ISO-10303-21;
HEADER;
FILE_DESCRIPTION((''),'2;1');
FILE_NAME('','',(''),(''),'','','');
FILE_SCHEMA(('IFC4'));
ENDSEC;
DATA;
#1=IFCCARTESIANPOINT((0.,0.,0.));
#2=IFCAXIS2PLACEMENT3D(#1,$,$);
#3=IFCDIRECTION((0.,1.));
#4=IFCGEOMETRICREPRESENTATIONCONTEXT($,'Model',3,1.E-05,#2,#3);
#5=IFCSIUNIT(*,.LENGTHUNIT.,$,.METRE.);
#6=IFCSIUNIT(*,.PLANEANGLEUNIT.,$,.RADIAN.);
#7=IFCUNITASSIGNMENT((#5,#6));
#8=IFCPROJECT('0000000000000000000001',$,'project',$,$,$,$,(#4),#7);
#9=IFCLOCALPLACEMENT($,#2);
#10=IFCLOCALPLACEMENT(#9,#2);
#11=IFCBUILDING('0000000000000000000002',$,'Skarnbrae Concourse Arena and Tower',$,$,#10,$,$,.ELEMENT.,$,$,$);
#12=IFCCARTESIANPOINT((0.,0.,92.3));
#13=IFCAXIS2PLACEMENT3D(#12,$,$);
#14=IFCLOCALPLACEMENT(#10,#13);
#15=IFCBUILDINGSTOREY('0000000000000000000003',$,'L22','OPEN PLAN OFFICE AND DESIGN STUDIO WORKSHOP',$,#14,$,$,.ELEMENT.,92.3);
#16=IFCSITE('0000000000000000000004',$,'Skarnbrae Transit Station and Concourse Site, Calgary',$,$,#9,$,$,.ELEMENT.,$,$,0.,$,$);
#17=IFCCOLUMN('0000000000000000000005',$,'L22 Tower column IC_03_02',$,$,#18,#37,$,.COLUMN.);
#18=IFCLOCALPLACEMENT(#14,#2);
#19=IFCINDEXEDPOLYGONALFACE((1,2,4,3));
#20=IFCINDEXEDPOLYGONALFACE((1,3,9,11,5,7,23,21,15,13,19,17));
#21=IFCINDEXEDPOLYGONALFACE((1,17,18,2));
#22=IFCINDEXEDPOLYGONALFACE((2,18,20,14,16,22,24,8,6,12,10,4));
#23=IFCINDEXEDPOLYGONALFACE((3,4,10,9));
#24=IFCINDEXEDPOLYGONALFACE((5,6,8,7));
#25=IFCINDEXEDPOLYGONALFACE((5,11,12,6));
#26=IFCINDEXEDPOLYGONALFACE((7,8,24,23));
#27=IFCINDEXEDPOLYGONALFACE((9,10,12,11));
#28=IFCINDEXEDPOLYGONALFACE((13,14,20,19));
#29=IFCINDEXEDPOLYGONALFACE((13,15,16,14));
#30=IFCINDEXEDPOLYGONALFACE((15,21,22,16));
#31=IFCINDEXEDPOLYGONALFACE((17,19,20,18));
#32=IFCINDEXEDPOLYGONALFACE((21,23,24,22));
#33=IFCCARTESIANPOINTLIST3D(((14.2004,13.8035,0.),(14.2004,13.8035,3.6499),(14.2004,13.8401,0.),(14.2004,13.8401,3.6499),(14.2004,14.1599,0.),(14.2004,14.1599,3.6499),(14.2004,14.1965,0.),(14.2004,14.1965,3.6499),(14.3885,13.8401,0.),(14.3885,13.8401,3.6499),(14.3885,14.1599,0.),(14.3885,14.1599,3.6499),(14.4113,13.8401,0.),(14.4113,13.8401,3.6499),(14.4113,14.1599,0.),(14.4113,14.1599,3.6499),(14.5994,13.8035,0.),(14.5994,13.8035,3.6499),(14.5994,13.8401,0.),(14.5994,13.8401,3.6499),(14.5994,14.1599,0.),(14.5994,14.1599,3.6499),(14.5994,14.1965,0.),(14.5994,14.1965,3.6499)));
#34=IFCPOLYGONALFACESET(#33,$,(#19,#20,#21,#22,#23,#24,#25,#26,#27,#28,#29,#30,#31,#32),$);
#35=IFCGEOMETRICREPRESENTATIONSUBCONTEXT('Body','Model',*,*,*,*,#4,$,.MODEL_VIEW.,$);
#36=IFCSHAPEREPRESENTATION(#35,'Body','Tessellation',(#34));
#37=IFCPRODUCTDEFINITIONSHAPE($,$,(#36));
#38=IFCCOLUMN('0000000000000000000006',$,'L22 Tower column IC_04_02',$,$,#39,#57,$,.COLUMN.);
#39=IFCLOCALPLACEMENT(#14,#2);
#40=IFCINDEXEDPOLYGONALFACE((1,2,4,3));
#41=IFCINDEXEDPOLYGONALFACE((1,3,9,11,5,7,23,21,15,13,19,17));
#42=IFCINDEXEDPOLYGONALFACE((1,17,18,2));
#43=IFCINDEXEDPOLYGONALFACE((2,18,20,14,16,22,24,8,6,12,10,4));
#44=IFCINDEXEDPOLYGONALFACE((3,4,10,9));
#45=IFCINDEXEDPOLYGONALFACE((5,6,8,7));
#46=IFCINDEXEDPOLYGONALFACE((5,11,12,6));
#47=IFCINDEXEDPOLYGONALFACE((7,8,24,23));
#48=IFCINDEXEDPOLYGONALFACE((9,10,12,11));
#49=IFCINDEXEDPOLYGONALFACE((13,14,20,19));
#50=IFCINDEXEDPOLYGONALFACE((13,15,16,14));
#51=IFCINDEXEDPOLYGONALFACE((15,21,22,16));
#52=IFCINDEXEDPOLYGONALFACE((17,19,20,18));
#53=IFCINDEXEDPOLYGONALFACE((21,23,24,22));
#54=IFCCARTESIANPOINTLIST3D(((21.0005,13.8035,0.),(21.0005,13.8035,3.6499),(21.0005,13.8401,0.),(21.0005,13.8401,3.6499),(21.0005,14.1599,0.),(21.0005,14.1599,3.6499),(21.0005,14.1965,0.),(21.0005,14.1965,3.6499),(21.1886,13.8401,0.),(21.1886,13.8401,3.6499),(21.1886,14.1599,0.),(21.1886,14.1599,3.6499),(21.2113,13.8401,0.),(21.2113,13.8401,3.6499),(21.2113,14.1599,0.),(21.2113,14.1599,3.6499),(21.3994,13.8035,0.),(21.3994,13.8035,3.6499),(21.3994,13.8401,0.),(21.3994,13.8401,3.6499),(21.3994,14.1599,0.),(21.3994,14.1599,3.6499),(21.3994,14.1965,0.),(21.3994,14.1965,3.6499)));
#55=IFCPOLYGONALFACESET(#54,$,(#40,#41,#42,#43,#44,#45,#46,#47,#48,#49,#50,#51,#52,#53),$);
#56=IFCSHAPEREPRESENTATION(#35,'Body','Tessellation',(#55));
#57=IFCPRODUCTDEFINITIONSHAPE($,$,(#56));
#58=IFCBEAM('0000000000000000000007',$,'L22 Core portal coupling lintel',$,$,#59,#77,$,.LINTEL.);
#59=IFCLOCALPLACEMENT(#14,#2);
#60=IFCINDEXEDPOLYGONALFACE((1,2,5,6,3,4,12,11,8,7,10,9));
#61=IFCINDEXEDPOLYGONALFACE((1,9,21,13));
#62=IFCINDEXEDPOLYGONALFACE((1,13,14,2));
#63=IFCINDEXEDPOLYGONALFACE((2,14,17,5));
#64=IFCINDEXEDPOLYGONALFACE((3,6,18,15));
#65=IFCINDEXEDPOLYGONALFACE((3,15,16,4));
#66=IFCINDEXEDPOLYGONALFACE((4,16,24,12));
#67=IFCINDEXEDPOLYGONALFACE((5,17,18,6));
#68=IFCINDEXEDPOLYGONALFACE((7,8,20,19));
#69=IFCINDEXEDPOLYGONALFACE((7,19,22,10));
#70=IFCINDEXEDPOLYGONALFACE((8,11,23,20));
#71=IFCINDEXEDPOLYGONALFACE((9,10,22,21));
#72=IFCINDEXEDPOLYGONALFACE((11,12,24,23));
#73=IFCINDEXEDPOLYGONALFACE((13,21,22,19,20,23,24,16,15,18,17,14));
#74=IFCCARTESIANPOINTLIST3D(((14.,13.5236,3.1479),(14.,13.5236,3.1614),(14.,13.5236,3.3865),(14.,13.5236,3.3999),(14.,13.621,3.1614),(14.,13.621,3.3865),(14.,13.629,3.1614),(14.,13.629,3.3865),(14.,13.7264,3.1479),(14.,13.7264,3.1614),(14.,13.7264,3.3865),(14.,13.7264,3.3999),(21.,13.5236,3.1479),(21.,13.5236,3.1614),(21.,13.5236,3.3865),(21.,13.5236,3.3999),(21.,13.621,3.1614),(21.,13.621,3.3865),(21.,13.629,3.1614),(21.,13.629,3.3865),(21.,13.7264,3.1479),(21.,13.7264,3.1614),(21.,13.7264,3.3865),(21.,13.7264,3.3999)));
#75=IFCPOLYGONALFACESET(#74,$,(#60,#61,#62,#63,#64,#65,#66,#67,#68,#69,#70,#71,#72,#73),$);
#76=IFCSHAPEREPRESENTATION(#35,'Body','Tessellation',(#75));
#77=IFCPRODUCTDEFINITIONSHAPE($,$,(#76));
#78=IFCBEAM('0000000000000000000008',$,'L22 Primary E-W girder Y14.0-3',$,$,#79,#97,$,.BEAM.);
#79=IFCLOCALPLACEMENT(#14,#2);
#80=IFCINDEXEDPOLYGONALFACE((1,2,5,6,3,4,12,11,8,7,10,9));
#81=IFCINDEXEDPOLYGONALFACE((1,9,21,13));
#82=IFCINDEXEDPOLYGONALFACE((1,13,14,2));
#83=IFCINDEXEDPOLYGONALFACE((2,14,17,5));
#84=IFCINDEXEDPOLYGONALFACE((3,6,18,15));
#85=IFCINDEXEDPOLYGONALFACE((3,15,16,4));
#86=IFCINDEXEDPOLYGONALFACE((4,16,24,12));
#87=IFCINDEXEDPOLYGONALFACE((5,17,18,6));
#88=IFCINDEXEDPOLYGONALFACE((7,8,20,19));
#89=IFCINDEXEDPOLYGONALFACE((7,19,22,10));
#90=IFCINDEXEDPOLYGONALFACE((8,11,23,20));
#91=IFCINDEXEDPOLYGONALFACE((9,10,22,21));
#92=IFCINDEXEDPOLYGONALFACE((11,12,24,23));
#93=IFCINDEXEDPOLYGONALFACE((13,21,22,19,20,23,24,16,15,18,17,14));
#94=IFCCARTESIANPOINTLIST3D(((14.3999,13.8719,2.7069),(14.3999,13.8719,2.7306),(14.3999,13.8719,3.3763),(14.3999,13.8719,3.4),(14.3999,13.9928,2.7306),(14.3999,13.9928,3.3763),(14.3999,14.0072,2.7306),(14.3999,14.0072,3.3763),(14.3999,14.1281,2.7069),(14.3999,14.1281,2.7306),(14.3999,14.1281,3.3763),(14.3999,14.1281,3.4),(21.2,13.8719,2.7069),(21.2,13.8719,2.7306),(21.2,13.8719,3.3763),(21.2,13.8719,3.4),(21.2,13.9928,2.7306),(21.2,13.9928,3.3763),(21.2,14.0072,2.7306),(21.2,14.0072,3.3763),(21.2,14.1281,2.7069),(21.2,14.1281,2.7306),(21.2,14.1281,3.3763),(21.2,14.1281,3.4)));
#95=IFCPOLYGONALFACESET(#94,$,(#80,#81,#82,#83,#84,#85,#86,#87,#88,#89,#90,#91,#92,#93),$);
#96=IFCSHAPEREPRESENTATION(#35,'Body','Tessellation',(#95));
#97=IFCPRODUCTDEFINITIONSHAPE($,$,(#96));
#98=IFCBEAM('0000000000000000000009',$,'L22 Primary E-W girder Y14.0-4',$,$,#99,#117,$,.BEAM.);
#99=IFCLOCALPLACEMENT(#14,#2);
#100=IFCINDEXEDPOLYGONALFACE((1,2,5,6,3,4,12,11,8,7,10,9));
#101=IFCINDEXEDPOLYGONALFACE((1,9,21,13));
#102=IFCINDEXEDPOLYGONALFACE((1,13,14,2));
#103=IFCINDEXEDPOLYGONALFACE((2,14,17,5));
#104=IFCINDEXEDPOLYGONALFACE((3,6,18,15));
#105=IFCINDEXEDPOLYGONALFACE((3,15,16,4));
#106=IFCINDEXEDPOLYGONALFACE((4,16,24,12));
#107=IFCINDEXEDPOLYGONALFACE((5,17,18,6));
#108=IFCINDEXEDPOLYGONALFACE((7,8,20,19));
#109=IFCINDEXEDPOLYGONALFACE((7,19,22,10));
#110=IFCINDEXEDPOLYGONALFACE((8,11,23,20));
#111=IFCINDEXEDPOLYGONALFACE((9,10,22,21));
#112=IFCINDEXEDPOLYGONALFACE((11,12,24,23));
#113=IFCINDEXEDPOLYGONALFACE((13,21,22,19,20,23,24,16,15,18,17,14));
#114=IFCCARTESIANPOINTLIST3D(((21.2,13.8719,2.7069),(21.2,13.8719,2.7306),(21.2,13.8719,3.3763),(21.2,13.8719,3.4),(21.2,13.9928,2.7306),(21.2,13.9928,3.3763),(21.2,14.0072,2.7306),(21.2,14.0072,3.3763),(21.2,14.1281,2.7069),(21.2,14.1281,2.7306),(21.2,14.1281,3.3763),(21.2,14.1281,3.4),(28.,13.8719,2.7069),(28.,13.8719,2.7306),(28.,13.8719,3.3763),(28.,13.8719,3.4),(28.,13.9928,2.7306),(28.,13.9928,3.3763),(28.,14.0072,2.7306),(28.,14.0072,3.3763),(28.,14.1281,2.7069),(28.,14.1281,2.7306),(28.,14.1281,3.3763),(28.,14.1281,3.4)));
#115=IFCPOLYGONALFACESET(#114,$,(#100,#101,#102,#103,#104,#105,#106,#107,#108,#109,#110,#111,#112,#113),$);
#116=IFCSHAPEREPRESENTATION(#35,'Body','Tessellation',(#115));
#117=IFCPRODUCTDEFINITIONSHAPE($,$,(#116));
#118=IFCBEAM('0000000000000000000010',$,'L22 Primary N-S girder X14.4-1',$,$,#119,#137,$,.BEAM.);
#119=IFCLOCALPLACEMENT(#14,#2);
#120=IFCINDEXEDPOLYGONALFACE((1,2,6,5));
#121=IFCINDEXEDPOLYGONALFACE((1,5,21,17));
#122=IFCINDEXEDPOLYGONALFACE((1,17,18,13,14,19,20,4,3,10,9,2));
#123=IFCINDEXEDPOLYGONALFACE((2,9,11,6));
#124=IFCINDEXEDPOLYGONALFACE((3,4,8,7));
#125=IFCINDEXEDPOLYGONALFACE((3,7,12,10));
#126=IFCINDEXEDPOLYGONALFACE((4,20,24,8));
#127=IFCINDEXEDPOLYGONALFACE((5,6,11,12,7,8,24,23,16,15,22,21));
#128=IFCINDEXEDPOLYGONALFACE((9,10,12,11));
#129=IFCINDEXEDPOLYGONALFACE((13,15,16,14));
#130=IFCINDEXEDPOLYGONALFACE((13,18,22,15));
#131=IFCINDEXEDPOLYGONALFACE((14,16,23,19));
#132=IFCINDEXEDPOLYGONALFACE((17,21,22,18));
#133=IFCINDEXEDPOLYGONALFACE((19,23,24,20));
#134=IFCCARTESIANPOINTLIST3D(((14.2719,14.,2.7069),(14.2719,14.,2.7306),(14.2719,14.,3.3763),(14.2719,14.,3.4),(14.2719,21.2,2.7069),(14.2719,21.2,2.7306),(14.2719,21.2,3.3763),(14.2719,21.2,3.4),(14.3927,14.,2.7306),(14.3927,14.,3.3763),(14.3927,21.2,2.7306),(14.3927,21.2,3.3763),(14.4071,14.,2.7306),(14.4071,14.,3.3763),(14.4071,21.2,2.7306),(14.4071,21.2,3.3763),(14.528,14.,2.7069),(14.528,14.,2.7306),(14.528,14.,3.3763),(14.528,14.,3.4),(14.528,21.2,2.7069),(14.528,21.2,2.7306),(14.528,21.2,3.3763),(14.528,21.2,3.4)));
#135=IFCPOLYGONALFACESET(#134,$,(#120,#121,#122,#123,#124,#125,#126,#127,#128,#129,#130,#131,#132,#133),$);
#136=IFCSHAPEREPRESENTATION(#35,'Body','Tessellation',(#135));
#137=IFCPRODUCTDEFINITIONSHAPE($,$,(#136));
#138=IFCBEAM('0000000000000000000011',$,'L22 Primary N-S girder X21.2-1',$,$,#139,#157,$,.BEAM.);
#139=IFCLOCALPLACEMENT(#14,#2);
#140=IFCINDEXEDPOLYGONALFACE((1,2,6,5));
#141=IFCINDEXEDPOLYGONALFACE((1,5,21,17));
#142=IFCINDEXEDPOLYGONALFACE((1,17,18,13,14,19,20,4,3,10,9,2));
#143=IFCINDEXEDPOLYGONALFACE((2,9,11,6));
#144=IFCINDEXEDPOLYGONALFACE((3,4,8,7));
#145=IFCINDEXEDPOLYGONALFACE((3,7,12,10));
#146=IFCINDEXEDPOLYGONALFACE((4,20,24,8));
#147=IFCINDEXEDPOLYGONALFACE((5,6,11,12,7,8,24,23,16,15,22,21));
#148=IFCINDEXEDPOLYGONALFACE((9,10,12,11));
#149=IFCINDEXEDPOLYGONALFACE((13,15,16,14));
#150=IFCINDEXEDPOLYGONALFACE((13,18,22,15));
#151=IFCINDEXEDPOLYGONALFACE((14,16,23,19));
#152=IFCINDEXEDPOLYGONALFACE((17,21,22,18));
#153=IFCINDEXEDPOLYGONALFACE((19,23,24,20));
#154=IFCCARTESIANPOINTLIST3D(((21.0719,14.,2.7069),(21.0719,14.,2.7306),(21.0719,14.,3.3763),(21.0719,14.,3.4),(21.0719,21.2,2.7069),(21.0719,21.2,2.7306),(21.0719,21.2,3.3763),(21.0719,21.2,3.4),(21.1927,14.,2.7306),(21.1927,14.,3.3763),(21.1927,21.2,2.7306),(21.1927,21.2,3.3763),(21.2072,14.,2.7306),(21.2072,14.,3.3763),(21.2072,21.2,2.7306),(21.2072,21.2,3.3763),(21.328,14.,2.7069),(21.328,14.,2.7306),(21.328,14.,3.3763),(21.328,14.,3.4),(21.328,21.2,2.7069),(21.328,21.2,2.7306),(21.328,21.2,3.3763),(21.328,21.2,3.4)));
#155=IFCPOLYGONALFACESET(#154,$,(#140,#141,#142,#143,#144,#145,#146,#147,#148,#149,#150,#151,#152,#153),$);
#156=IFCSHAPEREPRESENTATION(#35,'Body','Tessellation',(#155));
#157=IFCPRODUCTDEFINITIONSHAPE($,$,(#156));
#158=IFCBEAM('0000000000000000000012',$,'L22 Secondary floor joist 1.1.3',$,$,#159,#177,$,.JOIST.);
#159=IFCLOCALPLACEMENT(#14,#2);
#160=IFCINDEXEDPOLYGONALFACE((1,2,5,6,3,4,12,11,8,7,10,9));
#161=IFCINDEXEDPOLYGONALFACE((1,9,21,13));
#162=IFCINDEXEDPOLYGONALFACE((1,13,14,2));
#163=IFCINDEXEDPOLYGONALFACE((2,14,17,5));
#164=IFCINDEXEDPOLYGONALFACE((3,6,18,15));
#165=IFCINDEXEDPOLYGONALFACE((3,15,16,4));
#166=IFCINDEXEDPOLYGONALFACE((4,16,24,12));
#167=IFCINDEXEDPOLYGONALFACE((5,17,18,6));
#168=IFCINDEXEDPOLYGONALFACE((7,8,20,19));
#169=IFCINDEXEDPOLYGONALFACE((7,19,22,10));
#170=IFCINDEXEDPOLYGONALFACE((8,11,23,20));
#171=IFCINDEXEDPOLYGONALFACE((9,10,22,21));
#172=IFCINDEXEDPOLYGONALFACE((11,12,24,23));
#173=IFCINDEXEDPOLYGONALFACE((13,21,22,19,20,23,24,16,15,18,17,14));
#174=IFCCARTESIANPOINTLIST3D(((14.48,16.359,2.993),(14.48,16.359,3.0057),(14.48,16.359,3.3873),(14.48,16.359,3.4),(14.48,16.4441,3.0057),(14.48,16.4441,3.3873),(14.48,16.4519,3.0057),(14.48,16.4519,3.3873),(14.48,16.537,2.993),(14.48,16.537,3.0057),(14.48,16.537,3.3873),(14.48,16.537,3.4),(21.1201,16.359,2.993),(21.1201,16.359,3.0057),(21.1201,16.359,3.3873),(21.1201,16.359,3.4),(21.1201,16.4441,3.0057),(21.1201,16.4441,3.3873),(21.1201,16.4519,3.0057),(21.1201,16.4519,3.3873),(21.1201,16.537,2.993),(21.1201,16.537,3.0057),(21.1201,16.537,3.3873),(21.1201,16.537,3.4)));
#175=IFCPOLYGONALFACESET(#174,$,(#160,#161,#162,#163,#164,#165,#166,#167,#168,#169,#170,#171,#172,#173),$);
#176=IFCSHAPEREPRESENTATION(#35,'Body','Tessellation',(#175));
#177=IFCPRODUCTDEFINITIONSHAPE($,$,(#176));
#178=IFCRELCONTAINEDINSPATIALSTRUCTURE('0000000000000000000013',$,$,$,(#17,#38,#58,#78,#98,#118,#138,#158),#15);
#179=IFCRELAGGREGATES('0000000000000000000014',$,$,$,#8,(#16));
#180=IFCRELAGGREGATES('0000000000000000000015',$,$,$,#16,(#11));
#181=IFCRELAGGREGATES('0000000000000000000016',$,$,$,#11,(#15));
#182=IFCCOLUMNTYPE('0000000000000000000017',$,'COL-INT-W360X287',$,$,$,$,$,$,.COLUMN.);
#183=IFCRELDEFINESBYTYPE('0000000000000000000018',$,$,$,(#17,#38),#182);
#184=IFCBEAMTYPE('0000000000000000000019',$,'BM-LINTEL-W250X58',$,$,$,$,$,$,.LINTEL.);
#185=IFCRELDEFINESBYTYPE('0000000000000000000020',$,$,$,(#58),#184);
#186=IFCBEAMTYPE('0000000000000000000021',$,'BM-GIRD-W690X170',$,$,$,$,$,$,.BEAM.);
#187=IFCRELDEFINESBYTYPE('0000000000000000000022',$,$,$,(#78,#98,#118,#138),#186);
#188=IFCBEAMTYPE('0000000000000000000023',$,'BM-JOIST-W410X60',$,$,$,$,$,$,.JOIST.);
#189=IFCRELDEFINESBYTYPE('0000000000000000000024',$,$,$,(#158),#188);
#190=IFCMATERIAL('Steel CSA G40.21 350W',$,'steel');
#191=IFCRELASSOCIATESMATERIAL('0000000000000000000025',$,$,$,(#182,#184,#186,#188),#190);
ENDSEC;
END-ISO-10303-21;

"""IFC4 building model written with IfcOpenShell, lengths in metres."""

from ifc_helpers import new_model, si_unit, direction, frame, origin, origin_2d, place, context, subcontext, project, spatial, i_section, extrude, source, transform, mapped, material, material_profile, profile_set, type_object, element, save


model = new_model("IFC4")

# Units and contexts
model_context = context("Model", 3, precision=1e-05, world=origin(), true_north=direction((0.0, 1.0)))
body_context = subcontext(model_context, "Body", "Model", "MODEL_VIEW")
ifc_project = project(units=[si_unit("LENGTHUNIT", "METRE"), si_unit("PLANEANGLEUNIT", "RADIAN")], contexts=[model_context])

# Site, building, storey
site_placement = place(None, origin())
site = spatial("IfcSite", under=ifc_project, at=site_placement, Name="Skarnbrae Transit Station and Concourse Site, Calgary", CompositionType="ELEMENT", RefElevation=0.0)
building_placement = place(site_placement, origin())
building = spatial("IfcBuilding", under=site, at=building_placement, Name="Skarnbrae Concourse Arena and Tower", CompositionType="ELEMENT")
storey_placement = place(building_placement, frame((0.0, 0.0, 92.3)))
storey = spatial("IfcBuildingStorey", under=building, at=storey_placement, Name="L22", Description="OPEN PLAN OFFICE AND DESIGN STUDIO WORKSHOP", CompositionType="ELEMENT", Elevation=92.3)

# Columns
ifc_material_1 = material(Name="Steel CSA G40.21 350W", Category="steel")
ifc_material_profile_1 = material_profile(ifc_material_1, i_section(OverallWidth=0.3989, OverallDepth=0.3931, WebThickness=0.0227, FlangeThickness=0.0366, at=origin_2d()), Name="W360X287")
ifc_profile_set_1 = profile_set([ifc_material_profile_1], Name="Steel CSA G40.21 350W")
column_type = type_object("IfcColumnType", Name="COL-INT-W360X287", PredefinedType="COLUMN", material=ifc_profile_set_1)
shared_shape_1 = source(origin(), body_context, "Body", "SweptSolid", [
    extrude(i_section(OverallWidth=0.3989, OverallDepth=0.3931, WebThickness=0.0227, FlangeThickness=0.0366, at=origin_2d()), origin(), (0.0, 0.0, 1.0), 3.6499),
])
for number, where, z_axis, x_axis, name in (
    (1, (14.3999, 14.0, 0.0), (0.0, 0.0, 1.0), (1.0, 0.0, 0.0), "L22 Tower column IC_03_02"),
    (2, (21.2, 14.0, 0.0), (0.0, 0.0, 1.0), (1.0, 0.0, 0.0), "L22 Tower column IC_04_02"),
):
    element("IfcColumn", number, at=place(storey_placement, frame(where, z_axis=z_axis, x_axis=x_axis)), inside=storey, type_object=column_type, Name=name, PredefinedType="COLUMN", context=body_context, shape_type="MappedRepresentation", body=[
        mapped(shared_shape_1, transform((0.0, 0.0, 0.0))),
    ])

# Beams
ifc_material_profile_2 = material_profile(ifc_material_1, i_section(OverallWidth=0.2029, OverallDepth=0.252, WebThickness=0.0081, FlangeThickness=0.0134, at=origin_2d()), Name="W250X58")
ifc_profile_set_2 = profile_set([ifc_material_profile_2], Name="Steel CSA G40.21 350W")
beam_type_1 = type_object("IfcBeamType", Name="BM-LINTEL-W250X58", PredefinedType="LINTEL", material=ifc_profile_set_2)
shared_shape_2 = source(origin(), body_context, "Body", "SweptSolid", [
    extrude(i_section(OverallWidth=0.2029, OverallDepth=0.252, WebThickness=0.0081, FlangeThickness=0.0134, at=origin_2d()), origin(), (0.0, 0.0, 1.0), 7.0),
])
beam_placement = place(storey_placement, frame((14.0, 13.625, 3.2739), z_axis=(1.0, 0.0, 0.0), x_axis=(0.0, 1.0, 0.0)))
element("IfcBeam", 3, at=beam_placement, inside=storey, type_object=beam_type_1, Name="L22 Core portal coupling lintel", PredefinedType="LINTEL", context=body_context, shape_type="MappedRepresentation", body=[
    mapped(shared_shape_2, transform((0.0, 0.0, 0.0))),
])
ifc_material_profile_3 = material_profile(ifc_material_1, i_section(OverallWidth=0.2561, OverallDepth=0.6931, WebThickness=0.0144, FlangeThickness=0.0237, at=origin_2d()), Name="W690X170")
ifc_profile_set_3 = profile_set([ifc_material_profile_3], Name="Steel CSA G40.21 350W")
beam_type_2 = type_object("IfcBeamType", Name="BM-GIRD-W690X170", PredefinedType="BEAM", material=ifc_profile_set_3)
shared_shape_3 = source(origin(), body_context, "Body", "SweptSolid", [
    extrude(i_section(OverallWidth=0.2561, OverallDepth=0.6931, WebThickness=0.0144, FlangeThickness=0.0237, at=origin_2d()), origin(), (0.0, 0.0, 1.0), 6.8),
])
for number, where, z_axis, x_axis, name in (
    (4, (14.3999, 14.0, 3.0535), (1.0, 0.0, 0.0), (0.0, 1.0, 0.0), "L22 Primary E-W girder Y14.0-3"),
    (5, (21.2, 14.0, 3.0535), (1.0, 0.0, 0.0), (0.0, 1.0, 0.0), "L22 Primary E-W girder Y14.0-4"),
):
    element("IfcBeam", number, at=place(storey_placement, frame(where, z_axis=z_axis, x_axis=x_axis)), inside=storey, type_object=beam_type_2, Name=name, PredefinedType="BEAM", context=body_context, shape_type="MappedRepresentation", body=[
        mapped(shared_shape_3, transform((0.0, 0.0, 0.0))),
    ])
shared_shape_4 = source(origin(), body_context, "Body", "SweptSolid", [
    extrude(i_section(OverallWidth=0.2561, OverallDepth=0.6931, WebThickness=0.0144, FlangeThickness=0.0237, at=origin_2d()), origin(), (0.0, 0.0, 1.0), 7.2),
])
for number, where, z_axis, x_axis, name in (
    (6, (14.3999, 14.0, 3.0535), (0.0, 1.0, 0.0), (-1.0, 0.0, 0.0), "L22 Primary N-S girder X14.4-1"),
    (7, (21.2, 14.0, 3.0535), (0.0, 1.0, 0.0), (-1.0, 0.0, 0.0), "L22 Primary N-S girder X21.2-1"),
):
    element("IfcBeam", number, at=place(storey_placement, frame(where, z_axis=z_axis, x_axis=x_axis)), inside=storey, type_object=beam_type_2, Name=name, PredefinedType="BEAM", context=body_context, shape_type="MappedRepresentation", body=[
        mapped(shared_shape_4, transform((0.0, 0.0, 0.0))),
    ])
ifc_material_profile_4 = material_profile(ifc_material_1, i_section(OverallWidth=0.178, OverallDepth=0.407, WebThickness=0.0078, FlangeThickness=0.0127, at=origin_2d()), Name="W410X60")
ifc_profile_set_4 = profile_set([ifc_material_profile_4], Name="Steel CSA G40.21 350W")
beam_type_3 = type_object("IfcBeamType", Name="BM-JOIST-W410X60", PredefinedType="JOIST", material=ifc_profile_set_4)
shared_shape_5 = source(origin(), body_context, "Body", "SweptSolid", [
    extrude(i_section(OverallWidth=0.178, OverallDepth=0.407, WebThickness=0.0078, FlangeThickness=0.0127, at=origin_2d()), origin(), (0.0, 0.0, 1.0), 6.6401),
])
for number, where, z_axis, x_axis, name in (
    (8, (14.48, 16.448, 3.1965), (1.0, 0.0, 0.0), (0.0, 1.0, 0.0), "L22 Secondary floor joist 1.1.3"),
):
    element("IfcBeam", number, at=place(storey_placement, frame(where, z_axis=z_axis, x_axis=x_axis)), inside=storey, type_object=beam_type_3, Name=name, PredefinedType="JOIST", context=body_context, shape_type="MappedRepresentation", body=[
        mapped(shared_shape_5, transform((0.0, 0.0, 0.0))),
    ])

save(model, "model.ifc")
